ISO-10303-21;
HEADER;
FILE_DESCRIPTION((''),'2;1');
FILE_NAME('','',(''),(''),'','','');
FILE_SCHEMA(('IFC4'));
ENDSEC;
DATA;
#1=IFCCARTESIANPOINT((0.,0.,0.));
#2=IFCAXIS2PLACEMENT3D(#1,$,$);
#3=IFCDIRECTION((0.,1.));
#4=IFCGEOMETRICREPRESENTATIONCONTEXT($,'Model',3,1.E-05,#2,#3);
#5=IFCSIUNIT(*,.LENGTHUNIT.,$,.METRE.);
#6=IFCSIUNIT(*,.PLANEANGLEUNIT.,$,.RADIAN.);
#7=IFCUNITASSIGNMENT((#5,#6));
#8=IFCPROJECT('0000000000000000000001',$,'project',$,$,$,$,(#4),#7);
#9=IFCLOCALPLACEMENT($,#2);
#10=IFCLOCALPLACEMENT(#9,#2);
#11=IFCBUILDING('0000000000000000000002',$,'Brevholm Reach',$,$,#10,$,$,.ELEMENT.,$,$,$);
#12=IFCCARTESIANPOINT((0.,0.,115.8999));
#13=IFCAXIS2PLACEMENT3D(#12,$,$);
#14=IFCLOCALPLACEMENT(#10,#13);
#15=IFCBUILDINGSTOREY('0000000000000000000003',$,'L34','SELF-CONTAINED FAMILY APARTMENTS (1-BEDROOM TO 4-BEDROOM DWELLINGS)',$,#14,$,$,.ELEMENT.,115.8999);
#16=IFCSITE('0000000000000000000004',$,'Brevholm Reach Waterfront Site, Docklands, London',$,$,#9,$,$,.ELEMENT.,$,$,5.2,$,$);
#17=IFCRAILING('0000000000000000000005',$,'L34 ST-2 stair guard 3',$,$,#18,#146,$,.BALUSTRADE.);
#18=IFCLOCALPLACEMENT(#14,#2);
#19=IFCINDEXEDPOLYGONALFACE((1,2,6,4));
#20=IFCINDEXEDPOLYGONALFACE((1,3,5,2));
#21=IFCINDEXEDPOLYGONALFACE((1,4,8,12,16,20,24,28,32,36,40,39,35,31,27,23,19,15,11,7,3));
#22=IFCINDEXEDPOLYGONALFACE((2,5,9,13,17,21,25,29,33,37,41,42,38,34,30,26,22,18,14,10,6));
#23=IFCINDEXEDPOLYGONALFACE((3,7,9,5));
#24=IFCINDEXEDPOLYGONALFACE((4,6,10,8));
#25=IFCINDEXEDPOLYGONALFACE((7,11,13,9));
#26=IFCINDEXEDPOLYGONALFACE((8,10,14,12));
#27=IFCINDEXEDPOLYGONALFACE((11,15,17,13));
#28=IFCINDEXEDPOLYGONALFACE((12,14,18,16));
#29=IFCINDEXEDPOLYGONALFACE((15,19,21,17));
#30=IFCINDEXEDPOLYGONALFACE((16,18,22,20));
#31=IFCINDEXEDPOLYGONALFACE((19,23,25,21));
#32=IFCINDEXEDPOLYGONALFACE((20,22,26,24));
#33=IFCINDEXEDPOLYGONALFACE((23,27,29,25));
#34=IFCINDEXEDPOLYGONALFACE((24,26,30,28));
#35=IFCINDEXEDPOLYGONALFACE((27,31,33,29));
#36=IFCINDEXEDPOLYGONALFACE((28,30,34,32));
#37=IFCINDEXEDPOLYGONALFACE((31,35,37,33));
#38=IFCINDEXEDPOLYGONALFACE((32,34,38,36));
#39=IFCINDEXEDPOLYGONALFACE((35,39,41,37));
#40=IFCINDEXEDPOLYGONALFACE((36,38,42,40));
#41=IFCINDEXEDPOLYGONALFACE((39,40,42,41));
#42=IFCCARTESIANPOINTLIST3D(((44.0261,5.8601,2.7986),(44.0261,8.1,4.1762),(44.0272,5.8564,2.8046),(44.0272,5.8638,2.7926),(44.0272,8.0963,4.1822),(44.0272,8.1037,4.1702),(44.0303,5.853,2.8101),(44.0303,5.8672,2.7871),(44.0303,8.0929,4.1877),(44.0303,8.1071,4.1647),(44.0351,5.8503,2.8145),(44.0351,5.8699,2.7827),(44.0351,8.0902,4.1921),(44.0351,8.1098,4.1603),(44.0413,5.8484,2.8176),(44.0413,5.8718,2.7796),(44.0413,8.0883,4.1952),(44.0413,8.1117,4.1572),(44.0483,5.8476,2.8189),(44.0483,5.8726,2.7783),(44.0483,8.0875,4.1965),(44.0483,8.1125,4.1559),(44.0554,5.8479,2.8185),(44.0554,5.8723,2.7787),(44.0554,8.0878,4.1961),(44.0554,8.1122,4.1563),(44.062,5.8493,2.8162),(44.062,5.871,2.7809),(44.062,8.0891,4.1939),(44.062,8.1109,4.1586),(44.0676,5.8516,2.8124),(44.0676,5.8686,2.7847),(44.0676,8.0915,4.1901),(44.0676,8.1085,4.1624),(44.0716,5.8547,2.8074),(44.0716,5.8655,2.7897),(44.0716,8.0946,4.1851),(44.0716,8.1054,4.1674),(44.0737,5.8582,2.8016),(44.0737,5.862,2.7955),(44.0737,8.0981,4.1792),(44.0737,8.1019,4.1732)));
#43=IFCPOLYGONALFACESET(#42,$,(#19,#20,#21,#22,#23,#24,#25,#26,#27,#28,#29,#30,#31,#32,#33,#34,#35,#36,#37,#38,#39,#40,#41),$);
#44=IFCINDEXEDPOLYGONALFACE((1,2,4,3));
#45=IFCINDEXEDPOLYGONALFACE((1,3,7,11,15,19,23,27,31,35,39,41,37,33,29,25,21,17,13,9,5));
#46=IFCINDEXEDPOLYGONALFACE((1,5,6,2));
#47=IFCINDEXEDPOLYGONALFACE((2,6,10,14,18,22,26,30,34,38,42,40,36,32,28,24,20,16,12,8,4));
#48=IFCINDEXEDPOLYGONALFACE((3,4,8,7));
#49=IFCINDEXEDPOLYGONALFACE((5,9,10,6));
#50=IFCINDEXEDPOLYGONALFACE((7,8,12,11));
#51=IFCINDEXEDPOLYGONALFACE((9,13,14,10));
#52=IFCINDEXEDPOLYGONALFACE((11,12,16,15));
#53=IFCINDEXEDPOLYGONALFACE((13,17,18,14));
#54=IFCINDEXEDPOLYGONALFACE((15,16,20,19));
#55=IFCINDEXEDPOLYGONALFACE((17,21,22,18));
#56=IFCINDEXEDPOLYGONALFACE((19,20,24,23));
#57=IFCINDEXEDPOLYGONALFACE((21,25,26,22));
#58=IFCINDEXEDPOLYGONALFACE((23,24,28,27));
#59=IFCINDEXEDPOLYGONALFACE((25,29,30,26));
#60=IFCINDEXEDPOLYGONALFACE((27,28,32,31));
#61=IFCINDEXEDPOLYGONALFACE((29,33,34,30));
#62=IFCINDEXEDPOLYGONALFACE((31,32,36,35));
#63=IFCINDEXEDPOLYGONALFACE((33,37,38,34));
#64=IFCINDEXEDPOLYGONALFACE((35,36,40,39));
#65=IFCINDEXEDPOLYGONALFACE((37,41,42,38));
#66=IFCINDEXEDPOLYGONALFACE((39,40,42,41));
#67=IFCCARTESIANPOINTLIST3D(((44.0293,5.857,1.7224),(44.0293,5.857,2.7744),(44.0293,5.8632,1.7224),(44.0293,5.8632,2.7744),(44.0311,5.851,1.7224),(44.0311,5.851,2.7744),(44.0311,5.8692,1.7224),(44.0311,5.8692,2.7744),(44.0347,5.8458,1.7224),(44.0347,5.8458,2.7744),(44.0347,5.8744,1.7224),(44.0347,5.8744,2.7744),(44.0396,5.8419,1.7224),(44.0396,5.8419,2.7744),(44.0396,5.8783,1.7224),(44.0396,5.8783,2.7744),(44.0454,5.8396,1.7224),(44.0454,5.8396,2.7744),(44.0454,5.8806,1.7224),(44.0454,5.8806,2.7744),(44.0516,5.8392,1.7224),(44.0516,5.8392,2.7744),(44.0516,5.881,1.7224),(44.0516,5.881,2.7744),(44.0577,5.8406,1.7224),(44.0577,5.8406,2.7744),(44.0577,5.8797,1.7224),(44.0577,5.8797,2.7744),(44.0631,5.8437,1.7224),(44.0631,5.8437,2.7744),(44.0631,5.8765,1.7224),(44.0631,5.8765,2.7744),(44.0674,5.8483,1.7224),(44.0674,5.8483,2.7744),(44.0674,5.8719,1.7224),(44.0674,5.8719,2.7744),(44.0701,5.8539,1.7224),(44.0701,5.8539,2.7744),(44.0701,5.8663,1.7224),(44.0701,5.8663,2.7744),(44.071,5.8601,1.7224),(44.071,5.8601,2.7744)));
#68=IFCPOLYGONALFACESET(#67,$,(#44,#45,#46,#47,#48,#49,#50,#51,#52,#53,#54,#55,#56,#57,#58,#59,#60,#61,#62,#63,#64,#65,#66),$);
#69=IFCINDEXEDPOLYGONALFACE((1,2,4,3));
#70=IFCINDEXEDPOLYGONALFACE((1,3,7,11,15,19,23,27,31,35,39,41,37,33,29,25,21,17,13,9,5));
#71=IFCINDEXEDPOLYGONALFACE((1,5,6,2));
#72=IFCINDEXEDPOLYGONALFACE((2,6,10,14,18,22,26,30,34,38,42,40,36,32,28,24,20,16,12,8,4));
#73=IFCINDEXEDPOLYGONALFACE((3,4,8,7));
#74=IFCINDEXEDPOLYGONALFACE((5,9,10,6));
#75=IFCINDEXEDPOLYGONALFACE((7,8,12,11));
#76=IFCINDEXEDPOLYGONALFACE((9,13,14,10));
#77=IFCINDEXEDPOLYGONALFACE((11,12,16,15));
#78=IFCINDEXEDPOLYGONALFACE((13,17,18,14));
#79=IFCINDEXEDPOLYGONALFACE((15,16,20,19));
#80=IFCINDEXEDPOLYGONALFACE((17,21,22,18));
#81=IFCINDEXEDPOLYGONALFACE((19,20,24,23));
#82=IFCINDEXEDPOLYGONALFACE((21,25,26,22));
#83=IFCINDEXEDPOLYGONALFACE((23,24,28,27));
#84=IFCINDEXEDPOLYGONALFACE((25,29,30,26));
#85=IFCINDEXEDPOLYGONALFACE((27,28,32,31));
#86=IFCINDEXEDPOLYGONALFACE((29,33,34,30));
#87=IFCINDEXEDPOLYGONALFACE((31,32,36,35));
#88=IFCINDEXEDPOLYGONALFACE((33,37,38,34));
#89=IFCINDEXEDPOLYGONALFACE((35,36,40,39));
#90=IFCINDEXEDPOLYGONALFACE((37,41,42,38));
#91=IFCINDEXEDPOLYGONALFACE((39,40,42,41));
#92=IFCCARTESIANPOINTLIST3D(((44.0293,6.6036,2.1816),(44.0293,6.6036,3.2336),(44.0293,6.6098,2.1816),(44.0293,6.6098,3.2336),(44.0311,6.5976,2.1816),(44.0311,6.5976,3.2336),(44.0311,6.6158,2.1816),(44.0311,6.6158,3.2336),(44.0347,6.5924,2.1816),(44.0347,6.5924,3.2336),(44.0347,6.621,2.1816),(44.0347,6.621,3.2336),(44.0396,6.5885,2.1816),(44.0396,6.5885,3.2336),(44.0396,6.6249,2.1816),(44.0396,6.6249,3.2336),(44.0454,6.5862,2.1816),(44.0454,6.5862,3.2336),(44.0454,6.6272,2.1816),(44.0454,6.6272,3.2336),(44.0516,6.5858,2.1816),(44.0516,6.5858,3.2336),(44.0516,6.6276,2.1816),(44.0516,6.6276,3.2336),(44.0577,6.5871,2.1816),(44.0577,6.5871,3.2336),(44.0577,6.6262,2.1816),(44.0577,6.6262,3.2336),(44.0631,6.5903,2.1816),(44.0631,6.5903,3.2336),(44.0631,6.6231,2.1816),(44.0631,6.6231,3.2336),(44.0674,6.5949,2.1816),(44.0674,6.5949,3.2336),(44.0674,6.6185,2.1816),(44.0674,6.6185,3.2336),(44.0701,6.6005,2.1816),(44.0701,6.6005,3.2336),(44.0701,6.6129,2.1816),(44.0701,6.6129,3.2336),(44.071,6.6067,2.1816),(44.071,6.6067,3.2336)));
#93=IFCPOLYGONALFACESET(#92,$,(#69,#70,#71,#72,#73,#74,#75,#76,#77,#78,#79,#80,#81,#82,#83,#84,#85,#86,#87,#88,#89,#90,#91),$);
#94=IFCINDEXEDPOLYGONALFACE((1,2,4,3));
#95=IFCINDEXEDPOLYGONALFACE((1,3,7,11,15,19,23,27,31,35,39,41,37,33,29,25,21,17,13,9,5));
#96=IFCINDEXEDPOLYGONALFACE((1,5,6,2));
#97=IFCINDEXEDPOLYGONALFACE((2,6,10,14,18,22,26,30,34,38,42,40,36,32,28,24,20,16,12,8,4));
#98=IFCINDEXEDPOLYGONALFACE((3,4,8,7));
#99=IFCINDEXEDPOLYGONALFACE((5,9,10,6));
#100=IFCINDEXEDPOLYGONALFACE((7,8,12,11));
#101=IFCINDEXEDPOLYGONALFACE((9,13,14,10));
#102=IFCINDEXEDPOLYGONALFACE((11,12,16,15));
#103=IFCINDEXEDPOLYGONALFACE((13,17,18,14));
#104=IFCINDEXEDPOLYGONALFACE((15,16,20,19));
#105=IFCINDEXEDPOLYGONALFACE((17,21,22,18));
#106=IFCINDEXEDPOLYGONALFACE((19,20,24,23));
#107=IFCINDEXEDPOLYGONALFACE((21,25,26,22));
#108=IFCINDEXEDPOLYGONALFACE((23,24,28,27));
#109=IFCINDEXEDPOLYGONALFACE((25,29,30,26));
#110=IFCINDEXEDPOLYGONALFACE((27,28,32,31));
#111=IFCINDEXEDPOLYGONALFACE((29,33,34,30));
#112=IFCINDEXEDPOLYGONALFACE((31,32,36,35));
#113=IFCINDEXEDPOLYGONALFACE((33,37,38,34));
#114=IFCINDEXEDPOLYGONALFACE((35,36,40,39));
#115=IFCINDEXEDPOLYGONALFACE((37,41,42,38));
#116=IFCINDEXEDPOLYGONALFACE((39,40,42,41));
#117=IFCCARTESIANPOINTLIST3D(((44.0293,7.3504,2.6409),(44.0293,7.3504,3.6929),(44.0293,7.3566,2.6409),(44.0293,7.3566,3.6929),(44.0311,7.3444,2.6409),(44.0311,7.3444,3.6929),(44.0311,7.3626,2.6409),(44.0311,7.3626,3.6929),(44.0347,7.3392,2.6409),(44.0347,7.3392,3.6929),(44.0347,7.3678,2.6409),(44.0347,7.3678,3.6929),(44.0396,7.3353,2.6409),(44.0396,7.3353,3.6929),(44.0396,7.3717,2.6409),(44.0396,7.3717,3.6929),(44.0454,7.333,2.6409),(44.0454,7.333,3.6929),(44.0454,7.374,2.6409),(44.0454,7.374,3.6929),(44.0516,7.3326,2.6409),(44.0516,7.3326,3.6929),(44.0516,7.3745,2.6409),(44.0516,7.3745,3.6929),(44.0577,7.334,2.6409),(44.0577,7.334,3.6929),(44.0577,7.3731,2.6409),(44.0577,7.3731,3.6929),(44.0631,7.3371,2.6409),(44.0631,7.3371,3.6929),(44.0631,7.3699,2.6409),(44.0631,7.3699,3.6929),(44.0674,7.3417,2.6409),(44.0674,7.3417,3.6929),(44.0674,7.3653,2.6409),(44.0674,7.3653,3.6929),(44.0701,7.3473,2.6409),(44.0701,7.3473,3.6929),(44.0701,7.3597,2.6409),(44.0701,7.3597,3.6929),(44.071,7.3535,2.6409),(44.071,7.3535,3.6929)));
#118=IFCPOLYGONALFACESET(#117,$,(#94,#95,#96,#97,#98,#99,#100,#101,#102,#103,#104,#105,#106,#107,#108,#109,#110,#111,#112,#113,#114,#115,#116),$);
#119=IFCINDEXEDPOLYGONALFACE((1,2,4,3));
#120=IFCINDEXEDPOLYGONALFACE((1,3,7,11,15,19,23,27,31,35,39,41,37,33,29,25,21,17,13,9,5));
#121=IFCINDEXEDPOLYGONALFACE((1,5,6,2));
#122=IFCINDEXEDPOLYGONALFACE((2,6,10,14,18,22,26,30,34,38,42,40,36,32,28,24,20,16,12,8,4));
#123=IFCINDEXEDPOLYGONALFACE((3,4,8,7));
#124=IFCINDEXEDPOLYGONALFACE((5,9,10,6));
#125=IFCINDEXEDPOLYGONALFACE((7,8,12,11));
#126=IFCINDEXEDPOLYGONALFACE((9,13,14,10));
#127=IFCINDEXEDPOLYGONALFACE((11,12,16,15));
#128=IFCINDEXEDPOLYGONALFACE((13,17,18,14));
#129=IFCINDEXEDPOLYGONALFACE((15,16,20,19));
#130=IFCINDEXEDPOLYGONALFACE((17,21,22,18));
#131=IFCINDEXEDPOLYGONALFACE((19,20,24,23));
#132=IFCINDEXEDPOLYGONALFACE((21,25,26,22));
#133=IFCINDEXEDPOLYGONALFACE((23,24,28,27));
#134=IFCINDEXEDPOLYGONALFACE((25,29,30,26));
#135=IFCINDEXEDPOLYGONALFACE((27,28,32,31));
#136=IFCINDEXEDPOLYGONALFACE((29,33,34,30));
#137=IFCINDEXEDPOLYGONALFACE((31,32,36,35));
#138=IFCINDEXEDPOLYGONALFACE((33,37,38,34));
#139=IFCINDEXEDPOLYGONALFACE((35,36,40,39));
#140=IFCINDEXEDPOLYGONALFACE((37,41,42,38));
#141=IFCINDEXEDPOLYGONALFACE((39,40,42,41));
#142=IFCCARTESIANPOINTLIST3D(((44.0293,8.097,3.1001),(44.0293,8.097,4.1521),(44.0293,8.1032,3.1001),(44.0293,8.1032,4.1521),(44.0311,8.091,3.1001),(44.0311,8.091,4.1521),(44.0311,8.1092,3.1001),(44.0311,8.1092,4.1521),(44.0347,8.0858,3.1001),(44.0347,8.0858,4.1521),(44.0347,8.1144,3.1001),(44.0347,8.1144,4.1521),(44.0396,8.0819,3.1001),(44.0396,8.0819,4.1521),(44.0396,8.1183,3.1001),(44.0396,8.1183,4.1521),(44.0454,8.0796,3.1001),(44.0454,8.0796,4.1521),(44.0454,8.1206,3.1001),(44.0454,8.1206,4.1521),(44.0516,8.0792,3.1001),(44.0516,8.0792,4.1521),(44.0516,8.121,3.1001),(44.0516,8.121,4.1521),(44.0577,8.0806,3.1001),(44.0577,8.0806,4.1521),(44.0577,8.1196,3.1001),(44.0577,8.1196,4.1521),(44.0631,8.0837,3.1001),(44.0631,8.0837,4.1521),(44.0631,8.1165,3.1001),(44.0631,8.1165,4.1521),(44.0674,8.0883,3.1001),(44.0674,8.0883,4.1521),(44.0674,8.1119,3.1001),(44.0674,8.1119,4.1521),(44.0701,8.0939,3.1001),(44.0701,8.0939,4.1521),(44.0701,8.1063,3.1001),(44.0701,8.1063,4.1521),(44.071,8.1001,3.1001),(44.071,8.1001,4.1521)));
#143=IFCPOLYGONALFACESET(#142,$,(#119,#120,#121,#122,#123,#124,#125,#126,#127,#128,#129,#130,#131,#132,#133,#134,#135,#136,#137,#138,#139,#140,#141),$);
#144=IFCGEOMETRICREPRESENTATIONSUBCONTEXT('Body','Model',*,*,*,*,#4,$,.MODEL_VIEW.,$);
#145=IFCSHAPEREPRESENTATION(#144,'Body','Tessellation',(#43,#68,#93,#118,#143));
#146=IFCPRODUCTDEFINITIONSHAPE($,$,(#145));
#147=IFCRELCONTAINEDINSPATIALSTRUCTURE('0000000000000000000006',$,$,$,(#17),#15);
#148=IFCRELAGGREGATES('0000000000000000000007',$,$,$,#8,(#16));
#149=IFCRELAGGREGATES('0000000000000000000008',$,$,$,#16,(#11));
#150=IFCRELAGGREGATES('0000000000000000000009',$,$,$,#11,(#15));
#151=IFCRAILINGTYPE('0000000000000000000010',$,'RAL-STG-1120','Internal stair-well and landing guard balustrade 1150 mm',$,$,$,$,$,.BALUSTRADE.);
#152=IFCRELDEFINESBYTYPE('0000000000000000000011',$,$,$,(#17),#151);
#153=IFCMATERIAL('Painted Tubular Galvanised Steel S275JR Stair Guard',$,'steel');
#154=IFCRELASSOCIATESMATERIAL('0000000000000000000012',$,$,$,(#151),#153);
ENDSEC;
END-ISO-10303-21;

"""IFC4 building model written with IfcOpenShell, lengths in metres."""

from ifc_helpers import new_model, si_unit, direction, frame, origin, origin_2d, place, context, subcontext, project, spatial, circle, extrude, material, type_object, element, save


model = new_model("IFC4")

# Units and contexts
model_context = context("Model", 3, precision=1e-05, world=origin(), true_north=direction((0.0, 1.0)))
body_context = subcontext(model_context, "Body", "Model", "MODEL_VIEW")
ifc_project = project(units=[si_unit("LENGTHUNIT", "METRE"), si_unit("PLANEANGLEUNIT", "RADIAN")], contexts=[model_context])

# Site, building, storey
site_placement = place(None, origin())
site = spatial("IfcSite", under=ifc_project, at=site_placement, Name="Brevholm Reach Waterfront Site, Docklands, London", CompositionType="ELEMENT", RefElevation=5.2)
building_placement = place(site_placement, origin())
building = spatial("IfcBuilding", under=site, at=building_placement, Name="Brevholm Reach", CompositionType="ELEMENT")
storey_placement = place(building_placement, frame((0.0, 0.0, 115.8999)))
storey = spatial("IfcBuildingStorey", under=building, at=storey_placement, Name="L34", Description="SELF-CONTAINED FAMILY APARTMENTS (1-BEDROOM TO 4-BEDROOM DWELLINGS)", CompositionType="ELEMENT", Elevation=115.8999)

# Railing
ifc_material_1 = material(Name="Painted Tubular Galvanised Steel S275JR Stair Guard", Category="steel")
railing_type_1 = type_object("IfcRailingType", Name="RAL-STG-1120", Description="Internal stair-well and landing guard balustrade 1150 mm", PredefinedType="BALUSTRADE", material=ifc_material_1)
railing_1_placement = place(storey_placement, frame((44.05, 5.8601, 1.7224)))
element("IfcRailing", 1, at=railing_1_placement, inside=storey, type_object=railing_type_1, Name="L34 ST-2 stair guard 3", PredefinedType="BALUSTRADE", context=body_context, shape_type="SweptSolid", body=[
    extrude(circle(Radius=0.0239, at=origin_2d()), frame((0.0, 0.0, 1.0762), z_axis=(0.0, 0.851789, 0.523885), x_axis=(-1.0, 0.0, 0.0)), (0.0, 0.0, 1.0), 2.6296),
    extrude(circle(Radius=0.021, at=origin_2d()), origin(), (0.0, 0.0, 1.0), 1.052),
    extrude(circle(Radius=0.021, at=origin_2d()), frame((0.0, 0.7466, 0.4592)), (0.0, 0.0, 1.0), 1.052),
    extrude(circle(Radius=0.021, at=origin_2d()), frame((0.0, 1.4934, 0.9185)), (0.0, 0.0, 1.0), 1.052),
    extrude(circle(Radius=0.021, at=origin_2d()), frame((0.0, 2.24, 1.3777)), (0.0, 0.0, 1.0), 1.052),
])

save(model, "model.ifc")
